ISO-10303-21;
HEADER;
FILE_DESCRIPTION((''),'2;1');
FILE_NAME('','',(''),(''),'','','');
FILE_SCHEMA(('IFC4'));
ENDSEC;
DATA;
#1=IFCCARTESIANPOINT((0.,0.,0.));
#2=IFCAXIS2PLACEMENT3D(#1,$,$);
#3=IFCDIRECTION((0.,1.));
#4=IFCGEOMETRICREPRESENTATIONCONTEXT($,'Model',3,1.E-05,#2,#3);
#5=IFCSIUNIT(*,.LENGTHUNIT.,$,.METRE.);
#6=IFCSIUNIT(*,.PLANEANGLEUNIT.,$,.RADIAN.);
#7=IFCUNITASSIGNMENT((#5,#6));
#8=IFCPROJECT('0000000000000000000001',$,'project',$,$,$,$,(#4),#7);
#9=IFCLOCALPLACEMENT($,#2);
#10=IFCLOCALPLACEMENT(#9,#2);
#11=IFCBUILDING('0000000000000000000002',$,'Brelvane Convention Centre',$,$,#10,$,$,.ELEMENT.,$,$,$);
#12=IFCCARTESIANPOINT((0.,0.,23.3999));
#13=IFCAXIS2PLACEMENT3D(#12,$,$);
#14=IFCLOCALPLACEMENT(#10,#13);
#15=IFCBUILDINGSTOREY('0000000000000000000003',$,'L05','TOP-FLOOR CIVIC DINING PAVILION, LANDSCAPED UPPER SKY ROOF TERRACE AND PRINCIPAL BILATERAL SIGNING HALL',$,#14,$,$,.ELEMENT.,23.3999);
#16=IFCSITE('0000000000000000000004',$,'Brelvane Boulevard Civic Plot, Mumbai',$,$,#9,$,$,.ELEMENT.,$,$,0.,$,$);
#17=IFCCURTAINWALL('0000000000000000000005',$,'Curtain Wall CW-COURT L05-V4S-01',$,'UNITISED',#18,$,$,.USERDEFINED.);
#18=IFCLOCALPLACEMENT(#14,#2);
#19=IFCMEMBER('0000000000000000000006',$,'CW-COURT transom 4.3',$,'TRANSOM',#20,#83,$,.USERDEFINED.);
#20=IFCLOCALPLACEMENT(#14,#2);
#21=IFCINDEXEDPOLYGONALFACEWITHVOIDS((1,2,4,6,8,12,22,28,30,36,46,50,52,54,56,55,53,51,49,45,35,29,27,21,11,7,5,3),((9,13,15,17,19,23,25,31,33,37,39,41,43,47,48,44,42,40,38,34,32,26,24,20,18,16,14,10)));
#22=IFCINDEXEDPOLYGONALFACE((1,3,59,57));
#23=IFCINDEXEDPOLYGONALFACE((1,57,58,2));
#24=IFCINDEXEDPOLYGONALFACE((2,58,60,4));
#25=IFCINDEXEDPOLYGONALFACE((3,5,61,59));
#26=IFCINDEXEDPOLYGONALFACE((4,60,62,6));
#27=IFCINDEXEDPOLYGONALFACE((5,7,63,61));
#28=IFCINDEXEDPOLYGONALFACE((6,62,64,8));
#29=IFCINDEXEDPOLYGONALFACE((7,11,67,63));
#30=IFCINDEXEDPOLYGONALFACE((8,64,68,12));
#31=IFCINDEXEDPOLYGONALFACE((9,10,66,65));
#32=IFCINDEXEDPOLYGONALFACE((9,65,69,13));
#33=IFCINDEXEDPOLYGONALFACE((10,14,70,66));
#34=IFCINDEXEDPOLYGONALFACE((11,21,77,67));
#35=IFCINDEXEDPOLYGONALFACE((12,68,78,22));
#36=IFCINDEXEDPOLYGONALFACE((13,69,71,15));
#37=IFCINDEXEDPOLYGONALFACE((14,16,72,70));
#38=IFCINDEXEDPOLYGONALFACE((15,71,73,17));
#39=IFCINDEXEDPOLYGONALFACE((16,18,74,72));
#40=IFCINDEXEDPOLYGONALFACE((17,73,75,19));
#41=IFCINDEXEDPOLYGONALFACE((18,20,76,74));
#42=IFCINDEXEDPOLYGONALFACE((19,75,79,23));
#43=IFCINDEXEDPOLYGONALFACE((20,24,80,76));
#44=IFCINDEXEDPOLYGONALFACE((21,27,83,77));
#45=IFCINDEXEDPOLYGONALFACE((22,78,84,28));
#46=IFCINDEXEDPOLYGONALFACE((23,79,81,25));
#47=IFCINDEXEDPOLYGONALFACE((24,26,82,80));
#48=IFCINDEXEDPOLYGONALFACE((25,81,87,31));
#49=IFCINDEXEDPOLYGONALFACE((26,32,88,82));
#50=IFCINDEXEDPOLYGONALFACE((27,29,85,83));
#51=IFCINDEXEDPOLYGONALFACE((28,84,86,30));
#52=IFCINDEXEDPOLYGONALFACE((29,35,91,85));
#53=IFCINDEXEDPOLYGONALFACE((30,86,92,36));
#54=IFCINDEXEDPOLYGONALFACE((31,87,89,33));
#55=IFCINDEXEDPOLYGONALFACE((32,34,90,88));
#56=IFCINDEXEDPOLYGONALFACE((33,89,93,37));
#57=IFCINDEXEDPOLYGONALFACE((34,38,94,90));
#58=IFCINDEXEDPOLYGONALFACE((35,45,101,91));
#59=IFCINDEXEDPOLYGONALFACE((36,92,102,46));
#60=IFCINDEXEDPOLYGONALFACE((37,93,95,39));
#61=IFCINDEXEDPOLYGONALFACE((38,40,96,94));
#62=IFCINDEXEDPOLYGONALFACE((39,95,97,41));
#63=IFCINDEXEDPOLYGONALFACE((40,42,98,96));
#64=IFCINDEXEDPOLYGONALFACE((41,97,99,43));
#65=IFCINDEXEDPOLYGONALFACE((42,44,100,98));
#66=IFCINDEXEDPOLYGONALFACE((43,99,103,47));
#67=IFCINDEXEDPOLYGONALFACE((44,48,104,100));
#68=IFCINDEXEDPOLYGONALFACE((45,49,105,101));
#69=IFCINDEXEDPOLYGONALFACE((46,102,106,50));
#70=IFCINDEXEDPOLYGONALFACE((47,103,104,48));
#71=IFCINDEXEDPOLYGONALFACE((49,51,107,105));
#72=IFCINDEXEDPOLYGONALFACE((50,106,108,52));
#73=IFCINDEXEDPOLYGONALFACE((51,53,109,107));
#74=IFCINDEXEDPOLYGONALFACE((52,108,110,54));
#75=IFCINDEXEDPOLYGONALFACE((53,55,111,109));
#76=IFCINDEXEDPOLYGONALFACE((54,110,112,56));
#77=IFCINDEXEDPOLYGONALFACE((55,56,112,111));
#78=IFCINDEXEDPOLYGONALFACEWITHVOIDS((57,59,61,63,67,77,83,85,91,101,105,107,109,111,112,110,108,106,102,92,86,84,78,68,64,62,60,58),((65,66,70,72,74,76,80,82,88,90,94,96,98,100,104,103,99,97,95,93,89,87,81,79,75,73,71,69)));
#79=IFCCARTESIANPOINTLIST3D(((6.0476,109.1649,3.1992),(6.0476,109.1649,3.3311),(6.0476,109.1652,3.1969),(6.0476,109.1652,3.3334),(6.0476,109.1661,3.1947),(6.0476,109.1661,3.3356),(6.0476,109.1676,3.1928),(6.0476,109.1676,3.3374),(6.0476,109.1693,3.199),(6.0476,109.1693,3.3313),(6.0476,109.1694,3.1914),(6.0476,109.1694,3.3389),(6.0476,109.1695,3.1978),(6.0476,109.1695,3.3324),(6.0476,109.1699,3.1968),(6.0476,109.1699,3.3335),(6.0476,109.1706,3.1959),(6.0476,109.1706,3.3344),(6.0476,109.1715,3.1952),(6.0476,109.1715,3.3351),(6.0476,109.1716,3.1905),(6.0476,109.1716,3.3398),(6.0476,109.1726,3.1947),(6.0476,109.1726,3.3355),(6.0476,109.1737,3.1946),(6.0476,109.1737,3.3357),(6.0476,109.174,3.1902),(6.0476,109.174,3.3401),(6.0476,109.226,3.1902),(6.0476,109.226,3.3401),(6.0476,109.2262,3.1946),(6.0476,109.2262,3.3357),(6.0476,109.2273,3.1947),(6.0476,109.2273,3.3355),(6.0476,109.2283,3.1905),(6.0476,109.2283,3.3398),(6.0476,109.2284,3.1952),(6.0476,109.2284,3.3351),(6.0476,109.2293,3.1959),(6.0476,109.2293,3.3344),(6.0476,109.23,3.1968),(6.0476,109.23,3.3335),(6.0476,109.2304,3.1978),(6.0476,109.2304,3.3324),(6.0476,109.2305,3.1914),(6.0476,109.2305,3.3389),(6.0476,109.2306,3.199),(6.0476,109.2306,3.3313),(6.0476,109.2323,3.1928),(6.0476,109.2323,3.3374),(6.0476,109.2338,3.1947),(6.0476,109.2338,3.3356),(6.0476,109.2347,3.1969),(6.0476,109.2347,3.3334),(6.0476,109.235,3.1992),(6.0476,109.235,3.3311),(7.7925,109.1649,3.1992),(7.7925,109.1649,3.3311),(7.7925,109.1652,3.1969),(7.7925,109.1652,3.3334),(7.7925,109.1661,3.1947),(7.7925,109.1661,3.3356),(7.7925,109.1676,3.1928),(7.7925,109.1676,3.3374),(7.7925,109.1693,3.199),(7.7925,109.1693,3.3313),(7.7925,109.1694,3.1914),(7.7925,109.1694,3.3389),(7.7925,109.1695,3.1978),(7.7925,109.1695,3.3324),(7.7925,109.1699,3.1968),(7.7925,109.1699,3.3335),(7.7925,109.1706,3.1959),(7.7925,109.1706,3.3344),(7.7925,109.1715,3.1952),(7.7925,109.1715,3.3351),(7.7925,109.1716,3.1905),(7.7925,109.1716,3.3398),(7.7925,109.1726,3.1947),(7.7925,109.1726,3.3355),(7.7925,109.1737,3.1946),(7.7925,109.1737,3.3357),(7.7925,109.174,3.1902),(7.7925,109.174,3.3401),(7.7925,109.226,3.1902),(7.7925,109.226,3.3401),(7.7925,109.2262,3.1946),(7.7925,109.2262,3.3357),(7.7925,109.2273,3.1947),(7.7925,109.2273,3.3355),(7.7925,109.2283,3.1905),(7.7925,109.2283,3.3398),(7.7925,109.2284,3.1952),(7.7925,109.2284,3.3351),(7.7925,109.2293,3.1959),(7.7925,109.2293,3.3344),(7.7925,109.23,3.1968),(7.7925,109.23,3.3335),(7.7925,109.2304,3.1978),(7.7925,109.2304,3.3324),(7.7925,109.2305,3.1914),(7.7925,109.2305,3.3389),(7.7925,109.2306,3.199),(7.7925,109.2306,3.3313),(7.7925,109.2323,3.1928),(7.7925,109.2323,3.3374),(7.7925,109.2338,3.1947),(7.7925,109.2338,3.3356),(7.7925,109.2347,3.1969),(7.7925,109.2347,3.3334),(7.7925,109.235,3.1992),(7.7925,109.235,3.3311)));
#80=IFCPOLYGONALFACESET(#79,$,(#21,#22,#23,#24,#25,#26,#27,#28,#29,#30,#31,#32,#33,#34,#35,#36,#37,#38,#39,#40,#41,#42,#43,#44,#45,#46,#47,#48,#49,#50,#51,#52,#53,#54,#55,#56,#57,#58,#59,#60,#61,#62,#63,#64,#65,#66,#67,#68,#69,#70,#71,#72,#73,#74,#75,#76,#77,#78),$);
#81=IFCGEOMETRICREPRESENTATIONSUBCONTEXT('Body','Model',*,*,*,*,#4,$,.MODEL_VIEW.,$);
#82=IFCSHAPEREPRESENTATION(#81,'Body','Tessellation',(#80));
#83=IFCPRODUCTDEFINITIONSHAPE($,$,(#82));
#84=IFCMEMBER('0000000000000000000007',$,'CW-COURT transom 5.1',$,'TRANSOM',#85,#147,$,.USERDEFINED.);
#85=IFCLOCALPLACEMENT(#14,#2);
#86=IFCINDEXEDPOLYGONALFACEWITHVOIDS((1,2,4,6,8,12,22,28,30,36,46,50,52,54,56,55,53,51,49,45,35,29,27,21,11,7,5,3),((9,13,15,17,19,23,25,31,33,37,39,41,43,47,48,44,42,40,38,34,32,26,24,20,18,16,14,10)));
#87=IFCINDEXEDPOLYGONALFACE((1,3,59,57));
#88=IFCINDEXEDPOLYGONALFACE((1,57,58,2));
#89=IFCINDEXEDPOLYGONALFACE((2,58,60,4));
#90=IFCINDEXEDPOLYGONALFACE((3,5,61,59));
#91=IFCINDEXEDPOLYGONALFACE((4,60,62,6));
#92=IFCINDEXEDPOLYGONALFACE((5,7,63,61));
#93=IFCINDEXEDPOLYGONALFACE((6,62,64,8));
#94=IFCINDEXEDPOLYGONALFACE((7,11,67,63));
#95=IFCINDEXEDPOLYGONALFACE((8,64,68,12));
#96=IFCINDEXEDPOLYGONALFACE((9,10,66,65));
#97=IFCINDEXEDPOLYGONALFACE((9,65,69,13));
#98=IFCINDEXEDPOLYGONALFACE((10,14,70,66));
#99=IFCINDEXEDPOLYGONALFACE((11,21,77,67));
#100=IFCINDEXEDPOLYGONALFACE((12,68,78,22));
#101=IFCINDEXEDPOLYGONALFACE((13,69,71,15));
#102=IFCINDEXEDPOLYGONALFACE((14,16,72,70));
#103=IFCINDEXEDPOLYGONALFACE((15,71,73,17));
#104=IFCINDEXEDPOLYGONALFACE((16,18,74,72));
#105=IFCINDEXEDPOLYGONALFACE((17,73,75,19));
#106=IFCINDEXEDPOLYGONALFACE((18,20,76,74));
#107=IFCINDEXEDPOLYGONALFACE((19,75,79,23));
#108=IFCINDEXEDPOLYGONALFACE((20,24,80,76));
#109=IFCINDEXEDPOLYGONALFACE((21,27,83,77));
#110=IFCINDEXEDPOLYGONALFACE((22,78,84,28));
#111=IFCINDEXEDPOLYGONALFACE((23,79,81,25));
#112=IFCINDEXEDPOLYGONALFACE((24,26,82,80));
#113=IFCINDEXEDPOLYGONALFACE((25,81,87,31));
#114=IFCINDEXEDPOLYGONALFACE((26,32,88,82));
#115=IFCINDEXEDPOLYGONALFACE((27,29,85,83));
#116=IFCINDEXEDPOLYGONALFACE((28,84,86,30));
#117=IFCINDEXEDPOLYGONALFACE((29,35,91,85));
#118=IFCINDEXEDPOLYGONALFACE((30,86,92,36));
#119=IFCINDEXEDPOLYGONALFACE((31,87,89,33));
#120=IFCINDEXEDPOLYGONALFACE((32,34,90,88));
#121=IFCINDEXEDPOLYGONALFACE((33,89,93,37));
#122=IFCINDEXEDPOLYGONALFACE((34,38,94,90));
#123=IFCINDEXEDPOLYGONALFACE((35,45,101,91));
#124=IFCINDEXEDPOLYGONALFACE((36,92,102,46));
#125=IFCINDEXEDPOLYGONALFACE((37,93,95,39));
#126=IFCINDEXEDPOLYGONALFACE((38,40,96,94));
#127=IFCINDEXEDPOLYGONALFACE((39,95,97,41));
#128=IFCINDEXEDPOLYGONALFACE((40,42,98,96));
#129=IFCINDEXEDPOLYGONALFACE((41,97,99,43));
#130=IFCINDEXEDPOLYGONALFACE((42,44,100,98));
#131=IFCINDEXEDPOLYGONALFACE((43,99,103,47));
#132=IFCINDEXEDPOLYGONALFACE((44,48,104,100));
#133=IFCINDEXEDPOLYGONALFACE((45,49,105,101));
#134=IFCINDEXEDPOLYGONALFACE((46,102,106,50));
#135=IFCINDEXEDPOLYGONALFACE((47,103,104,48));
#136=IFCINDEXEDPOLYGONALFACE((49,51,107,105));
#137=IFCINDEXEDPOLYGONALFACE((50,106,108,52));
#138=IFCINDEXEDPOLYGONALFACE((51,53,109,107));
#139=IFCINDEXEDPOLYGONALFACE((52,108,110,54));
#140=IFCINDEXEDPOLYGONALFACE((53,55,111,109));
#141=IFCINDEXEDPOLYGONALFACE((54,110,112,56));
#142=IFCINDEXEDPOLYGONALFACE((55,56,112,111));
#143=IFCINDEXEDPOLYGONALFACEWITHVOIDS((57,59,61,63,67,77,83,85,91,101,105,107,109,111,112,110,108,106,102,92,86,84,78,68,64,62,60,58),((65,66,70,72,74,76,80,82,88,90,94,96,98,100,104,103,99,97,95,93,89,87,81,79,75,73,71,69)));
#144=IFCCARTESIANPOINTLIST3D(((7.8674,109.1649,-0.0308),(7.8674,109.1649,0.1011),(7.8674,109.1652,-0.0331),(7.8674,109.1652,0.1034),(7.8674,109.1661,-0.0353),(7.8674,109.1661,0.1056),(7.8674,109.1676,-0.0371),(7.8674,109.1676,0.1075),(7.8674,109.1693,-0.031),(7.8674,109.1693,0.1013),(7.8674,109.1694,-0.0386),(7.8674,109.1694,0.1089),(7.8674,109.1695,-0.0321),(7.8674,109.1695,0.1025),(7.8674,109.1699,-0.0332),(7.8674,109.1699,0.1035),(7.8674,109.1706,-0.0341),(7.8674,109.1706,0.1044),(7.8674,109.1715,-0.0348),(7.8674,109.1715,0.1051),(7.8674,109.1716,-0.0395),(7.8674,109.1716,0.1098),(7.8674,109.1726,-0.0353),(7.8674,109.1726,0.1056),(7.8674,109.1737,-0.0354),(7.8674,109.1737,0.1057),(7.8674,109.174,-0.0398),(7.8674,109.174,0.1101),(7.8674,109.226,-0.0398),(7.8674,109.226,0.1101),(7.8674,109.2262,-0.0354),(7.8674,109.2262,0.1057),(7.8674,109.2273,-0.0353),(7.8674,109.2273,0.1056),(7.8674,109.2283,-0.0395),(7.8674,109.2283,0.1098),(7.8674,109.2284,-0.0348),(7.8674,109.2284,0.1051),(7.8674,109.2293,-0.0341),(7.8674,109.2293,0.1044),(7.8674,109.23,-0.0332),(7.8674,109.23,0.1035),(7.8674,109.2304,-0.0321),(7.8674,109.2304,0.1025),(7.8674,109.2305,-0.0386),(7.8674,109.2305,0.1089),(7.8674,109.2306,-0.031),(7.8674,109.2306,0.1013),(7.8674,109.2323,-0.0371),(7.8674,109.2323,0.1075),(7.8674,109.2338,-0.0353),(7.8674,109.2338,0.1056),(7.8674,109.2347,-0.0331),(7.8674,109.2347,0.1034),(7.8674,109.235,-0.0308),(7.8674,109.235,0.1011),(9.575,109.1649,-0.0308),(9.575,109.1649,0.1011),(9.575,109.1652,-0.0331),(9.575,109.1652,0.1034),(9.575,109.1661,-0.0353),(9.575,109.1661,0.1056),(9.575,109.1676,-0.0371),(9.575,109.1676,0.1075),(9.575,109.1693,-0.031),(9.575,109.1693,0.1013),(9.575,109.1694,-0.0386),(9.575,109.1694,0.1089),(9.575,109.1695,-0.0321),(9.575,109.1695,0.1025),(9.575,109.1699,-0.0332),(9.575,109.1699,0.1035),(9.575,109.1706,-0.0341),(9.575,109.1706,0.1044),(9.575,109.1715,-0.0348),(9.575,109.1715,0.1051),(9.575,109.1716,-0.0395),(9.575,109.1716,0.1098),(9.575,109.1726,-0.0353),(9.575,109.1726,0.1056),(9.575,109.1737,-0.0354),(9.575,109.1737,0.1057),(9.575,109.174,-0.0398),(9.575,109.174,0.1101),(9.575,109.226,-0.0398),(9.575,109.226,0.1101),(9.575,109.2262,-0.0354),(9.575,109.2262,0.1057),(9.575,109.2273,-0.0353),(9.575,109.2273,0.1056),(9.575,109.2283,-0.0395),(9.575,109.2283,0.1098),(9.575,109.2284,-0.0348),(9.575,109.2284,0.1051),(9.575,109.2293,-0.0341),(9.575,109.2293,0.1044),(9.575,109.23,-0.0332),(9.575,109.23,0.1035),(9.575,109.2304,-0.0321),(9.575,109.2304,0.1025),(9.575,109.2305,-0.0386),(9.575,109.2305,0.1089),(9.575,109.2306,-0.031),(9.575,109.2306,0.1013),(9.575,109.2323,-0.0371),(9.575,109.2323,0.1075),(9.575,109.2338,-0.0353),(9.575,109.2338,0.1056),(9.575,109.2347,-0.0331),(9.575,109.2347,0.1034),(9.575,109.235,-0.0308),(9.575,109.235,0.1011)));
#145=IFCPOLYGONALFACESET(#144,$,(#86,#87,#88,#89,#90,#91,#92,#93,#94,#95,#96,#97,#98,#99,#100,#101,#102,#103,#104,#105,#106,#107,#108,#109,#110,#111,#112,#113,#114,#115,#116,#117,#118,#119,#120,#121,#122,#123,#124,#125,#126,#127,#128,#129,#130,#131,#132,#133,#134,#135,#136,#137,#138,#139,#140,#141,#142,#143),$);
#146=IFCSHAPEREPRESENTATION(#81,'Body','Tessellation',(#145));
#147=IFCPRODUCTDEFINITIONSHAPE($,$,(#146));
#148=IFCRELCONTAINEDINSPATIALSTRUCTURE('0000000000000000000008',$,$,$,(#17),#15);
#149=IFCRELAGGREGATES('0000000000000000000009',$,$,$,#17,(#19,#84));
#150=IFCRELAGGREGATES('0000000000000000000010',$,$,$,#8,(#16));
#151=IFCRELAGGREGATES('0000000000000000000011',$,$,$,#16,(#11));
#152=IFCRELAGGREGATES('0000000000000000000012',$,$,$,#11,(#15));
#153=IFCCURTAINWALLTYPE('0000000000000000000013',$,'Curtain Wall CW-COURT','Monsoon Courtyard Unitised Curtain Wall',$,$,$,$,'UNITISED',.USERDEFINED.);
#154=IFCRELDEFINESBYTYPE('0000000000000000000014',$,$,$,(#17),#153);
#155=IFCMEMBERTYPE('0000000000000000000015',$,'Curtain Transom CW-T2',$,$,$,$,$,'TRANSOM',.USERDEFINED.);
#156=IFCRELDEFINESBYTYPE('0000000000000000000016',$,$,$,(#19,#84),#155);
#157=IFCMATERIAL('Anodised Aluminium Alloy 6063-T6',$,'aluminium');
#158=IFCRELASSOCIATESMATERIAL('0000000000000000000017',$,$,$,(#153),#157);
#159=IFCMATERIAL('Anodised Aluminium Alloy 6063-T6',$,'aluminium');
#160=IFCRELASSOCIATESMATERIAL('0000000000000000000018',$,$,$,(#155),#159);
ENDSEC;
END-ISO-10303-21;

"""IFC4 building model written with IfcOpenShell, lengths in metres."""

from ifc_helpers import new_model, si_unit, direction, frame, origin, origin_2d, place, context, subcontext, project, spatial, hollow_rectangle, extrude, material, material_profile, profile_set, type_object, element, aggregate, save


model = new_model("IFC4")

# Units and contexts
model_context = context("Model", 3, precision=1e-05, world=origin(), true_north=direction((0.0, 1.0)))
body_context = subcontext(model_context, "Body", "Model", "MODEL_VIEW")
ifc_project = project(units=[si_unit("LENGTHUNIT", "METRE"), si_unit("PLANEANGLEUNIT", "RADIAN")], contexts=[model_context])

# Site, building, storey
site_placement = place(None, origin())
site = spatial("IfcSite", under=ifc_project, at=site_placement, Name="Brelvane Boulevard Civic Plot, Mumbai", CompositionType="ELEMENT", RefElevation=0.0)
building_placement = place(site_placement, origin())
building = spatial("IfcBuilding", under=site, at=building_placement, Name="Brelvane Convention Centre", CompositionType="ELEMENT")
storey_placement = place(building_placement, frame((0.0, 0.0, 23.3999)))
storey = spatial("IfcBuildingStorey", under=building, at=storey_placement, Name="L05", Description="TOP-FLOOR CIVIC DINING PAVILION, LANDSCAPED UPPER SKY ROOF TERRACE AND PRINCIPAL BILATERAL SIGNING HALL", CompositionType="ELEMENT", Elevation=23.3999)

# Curtain wall
ifc_material_1 = material(Name="Anodised Aluminium Alloy 6063-T6", Category="aluminium")
curtain_wall_type = type_object("IfcCurtainWallType", Name="Curtain Wall CW-COURT", Description="Monsoon Courtyard Unitised Curtain Wall", ElementType="UNITISED", PredefinedType="USERDEFINED", material=ifc_material_1)
curtain_wall_1_placement = place(storey_placement, origin())
curtain_wall_1 = element("IfcCurtainWall", 1, at=curtain_wall_1_placement, inside=storey, type_object=curtain_wall_type, Name="Curtain Wall CW-COURT L05-V4S-01", ObjectType="UNITISED", PredefinedType="USERDEFINED")

# Members
ifc_material_2 = material(Name="Anodised Aluminium Alloy 6063-T6", Category="aluminium")
ifc_material_profile_1 = material_profile(ifc_material_2, hollow_rectangle(XDim=0.0701, YDim=0.1499, WallThickness=0.0044, InnerFilletRadius=0.0044, OuterFilletRadius=0.009, at=origin_2d()), Name="ALU-T 150x70x4.5")
ifc_profile_set_1 = profile_set([ifc_material_profile_1], Name="Anodised Aluminium Alloy 6063-T6")
member_type_1 = type_object("IfcMemberType", Name="Curtain Transom CW-T2", ElementType="TRANSOM", PredefinedType="USERDEFINED", material=ifc_profile_set_1)
member_1_placement = place(storey_placement, frame((6.0476, 109.2, 3.2651), z_axis=(1.0, 0.0, 0.0), x_axis=(0.0, 1.0, 0.0)))
member_1 = element("IfcMember", 2, at=member_1_placement, type_object=member_type_1, Name="CW-COURT transom 4.3", ObjectType="TRANSOM", PredefinedType="USERDEFINED", context=body_context, shape_type="SweptSolid", body=[
    extrude(hollow_rectangle(XDim=0.0701, YDim=0.1499, WallThickness=0.0044, InnerFilletRadius=0.0044, OuterFilletRadius=0.009, at=origin_2d()), origin(), (0.0, 0.0, 1.0), 1.7449),
])
member_2_placement = place(storey_placement, frame((7.8674, 109.2, 0.0352), z_axis=(1.0, 0.0, 0.0), x_axis=(0.0, 1.0, 0.0)))
member_2 = element("IfcMember", 3, at=member_2_placement, type_object=member_type_1, Name="CW-COURT transom 5.1", ObjectType="TRANSOM", PredefinedType="USERDEFINED", context=body_context, shape_type="SweptSolid", body=[
    extrude(hollow_rectangle(XDim=0.0701, YDim=0.1499, WallThickness=0.0044, InnerFilletRadius=0.0044, OuterFilletRadius=0.009, at=origin_2d()), origin(), (0.0, 0.0, 1.0), 1.7075),
])

aggregate(curtain_wall_1, [member_1, member_2])

save(model, "model.ifc")
